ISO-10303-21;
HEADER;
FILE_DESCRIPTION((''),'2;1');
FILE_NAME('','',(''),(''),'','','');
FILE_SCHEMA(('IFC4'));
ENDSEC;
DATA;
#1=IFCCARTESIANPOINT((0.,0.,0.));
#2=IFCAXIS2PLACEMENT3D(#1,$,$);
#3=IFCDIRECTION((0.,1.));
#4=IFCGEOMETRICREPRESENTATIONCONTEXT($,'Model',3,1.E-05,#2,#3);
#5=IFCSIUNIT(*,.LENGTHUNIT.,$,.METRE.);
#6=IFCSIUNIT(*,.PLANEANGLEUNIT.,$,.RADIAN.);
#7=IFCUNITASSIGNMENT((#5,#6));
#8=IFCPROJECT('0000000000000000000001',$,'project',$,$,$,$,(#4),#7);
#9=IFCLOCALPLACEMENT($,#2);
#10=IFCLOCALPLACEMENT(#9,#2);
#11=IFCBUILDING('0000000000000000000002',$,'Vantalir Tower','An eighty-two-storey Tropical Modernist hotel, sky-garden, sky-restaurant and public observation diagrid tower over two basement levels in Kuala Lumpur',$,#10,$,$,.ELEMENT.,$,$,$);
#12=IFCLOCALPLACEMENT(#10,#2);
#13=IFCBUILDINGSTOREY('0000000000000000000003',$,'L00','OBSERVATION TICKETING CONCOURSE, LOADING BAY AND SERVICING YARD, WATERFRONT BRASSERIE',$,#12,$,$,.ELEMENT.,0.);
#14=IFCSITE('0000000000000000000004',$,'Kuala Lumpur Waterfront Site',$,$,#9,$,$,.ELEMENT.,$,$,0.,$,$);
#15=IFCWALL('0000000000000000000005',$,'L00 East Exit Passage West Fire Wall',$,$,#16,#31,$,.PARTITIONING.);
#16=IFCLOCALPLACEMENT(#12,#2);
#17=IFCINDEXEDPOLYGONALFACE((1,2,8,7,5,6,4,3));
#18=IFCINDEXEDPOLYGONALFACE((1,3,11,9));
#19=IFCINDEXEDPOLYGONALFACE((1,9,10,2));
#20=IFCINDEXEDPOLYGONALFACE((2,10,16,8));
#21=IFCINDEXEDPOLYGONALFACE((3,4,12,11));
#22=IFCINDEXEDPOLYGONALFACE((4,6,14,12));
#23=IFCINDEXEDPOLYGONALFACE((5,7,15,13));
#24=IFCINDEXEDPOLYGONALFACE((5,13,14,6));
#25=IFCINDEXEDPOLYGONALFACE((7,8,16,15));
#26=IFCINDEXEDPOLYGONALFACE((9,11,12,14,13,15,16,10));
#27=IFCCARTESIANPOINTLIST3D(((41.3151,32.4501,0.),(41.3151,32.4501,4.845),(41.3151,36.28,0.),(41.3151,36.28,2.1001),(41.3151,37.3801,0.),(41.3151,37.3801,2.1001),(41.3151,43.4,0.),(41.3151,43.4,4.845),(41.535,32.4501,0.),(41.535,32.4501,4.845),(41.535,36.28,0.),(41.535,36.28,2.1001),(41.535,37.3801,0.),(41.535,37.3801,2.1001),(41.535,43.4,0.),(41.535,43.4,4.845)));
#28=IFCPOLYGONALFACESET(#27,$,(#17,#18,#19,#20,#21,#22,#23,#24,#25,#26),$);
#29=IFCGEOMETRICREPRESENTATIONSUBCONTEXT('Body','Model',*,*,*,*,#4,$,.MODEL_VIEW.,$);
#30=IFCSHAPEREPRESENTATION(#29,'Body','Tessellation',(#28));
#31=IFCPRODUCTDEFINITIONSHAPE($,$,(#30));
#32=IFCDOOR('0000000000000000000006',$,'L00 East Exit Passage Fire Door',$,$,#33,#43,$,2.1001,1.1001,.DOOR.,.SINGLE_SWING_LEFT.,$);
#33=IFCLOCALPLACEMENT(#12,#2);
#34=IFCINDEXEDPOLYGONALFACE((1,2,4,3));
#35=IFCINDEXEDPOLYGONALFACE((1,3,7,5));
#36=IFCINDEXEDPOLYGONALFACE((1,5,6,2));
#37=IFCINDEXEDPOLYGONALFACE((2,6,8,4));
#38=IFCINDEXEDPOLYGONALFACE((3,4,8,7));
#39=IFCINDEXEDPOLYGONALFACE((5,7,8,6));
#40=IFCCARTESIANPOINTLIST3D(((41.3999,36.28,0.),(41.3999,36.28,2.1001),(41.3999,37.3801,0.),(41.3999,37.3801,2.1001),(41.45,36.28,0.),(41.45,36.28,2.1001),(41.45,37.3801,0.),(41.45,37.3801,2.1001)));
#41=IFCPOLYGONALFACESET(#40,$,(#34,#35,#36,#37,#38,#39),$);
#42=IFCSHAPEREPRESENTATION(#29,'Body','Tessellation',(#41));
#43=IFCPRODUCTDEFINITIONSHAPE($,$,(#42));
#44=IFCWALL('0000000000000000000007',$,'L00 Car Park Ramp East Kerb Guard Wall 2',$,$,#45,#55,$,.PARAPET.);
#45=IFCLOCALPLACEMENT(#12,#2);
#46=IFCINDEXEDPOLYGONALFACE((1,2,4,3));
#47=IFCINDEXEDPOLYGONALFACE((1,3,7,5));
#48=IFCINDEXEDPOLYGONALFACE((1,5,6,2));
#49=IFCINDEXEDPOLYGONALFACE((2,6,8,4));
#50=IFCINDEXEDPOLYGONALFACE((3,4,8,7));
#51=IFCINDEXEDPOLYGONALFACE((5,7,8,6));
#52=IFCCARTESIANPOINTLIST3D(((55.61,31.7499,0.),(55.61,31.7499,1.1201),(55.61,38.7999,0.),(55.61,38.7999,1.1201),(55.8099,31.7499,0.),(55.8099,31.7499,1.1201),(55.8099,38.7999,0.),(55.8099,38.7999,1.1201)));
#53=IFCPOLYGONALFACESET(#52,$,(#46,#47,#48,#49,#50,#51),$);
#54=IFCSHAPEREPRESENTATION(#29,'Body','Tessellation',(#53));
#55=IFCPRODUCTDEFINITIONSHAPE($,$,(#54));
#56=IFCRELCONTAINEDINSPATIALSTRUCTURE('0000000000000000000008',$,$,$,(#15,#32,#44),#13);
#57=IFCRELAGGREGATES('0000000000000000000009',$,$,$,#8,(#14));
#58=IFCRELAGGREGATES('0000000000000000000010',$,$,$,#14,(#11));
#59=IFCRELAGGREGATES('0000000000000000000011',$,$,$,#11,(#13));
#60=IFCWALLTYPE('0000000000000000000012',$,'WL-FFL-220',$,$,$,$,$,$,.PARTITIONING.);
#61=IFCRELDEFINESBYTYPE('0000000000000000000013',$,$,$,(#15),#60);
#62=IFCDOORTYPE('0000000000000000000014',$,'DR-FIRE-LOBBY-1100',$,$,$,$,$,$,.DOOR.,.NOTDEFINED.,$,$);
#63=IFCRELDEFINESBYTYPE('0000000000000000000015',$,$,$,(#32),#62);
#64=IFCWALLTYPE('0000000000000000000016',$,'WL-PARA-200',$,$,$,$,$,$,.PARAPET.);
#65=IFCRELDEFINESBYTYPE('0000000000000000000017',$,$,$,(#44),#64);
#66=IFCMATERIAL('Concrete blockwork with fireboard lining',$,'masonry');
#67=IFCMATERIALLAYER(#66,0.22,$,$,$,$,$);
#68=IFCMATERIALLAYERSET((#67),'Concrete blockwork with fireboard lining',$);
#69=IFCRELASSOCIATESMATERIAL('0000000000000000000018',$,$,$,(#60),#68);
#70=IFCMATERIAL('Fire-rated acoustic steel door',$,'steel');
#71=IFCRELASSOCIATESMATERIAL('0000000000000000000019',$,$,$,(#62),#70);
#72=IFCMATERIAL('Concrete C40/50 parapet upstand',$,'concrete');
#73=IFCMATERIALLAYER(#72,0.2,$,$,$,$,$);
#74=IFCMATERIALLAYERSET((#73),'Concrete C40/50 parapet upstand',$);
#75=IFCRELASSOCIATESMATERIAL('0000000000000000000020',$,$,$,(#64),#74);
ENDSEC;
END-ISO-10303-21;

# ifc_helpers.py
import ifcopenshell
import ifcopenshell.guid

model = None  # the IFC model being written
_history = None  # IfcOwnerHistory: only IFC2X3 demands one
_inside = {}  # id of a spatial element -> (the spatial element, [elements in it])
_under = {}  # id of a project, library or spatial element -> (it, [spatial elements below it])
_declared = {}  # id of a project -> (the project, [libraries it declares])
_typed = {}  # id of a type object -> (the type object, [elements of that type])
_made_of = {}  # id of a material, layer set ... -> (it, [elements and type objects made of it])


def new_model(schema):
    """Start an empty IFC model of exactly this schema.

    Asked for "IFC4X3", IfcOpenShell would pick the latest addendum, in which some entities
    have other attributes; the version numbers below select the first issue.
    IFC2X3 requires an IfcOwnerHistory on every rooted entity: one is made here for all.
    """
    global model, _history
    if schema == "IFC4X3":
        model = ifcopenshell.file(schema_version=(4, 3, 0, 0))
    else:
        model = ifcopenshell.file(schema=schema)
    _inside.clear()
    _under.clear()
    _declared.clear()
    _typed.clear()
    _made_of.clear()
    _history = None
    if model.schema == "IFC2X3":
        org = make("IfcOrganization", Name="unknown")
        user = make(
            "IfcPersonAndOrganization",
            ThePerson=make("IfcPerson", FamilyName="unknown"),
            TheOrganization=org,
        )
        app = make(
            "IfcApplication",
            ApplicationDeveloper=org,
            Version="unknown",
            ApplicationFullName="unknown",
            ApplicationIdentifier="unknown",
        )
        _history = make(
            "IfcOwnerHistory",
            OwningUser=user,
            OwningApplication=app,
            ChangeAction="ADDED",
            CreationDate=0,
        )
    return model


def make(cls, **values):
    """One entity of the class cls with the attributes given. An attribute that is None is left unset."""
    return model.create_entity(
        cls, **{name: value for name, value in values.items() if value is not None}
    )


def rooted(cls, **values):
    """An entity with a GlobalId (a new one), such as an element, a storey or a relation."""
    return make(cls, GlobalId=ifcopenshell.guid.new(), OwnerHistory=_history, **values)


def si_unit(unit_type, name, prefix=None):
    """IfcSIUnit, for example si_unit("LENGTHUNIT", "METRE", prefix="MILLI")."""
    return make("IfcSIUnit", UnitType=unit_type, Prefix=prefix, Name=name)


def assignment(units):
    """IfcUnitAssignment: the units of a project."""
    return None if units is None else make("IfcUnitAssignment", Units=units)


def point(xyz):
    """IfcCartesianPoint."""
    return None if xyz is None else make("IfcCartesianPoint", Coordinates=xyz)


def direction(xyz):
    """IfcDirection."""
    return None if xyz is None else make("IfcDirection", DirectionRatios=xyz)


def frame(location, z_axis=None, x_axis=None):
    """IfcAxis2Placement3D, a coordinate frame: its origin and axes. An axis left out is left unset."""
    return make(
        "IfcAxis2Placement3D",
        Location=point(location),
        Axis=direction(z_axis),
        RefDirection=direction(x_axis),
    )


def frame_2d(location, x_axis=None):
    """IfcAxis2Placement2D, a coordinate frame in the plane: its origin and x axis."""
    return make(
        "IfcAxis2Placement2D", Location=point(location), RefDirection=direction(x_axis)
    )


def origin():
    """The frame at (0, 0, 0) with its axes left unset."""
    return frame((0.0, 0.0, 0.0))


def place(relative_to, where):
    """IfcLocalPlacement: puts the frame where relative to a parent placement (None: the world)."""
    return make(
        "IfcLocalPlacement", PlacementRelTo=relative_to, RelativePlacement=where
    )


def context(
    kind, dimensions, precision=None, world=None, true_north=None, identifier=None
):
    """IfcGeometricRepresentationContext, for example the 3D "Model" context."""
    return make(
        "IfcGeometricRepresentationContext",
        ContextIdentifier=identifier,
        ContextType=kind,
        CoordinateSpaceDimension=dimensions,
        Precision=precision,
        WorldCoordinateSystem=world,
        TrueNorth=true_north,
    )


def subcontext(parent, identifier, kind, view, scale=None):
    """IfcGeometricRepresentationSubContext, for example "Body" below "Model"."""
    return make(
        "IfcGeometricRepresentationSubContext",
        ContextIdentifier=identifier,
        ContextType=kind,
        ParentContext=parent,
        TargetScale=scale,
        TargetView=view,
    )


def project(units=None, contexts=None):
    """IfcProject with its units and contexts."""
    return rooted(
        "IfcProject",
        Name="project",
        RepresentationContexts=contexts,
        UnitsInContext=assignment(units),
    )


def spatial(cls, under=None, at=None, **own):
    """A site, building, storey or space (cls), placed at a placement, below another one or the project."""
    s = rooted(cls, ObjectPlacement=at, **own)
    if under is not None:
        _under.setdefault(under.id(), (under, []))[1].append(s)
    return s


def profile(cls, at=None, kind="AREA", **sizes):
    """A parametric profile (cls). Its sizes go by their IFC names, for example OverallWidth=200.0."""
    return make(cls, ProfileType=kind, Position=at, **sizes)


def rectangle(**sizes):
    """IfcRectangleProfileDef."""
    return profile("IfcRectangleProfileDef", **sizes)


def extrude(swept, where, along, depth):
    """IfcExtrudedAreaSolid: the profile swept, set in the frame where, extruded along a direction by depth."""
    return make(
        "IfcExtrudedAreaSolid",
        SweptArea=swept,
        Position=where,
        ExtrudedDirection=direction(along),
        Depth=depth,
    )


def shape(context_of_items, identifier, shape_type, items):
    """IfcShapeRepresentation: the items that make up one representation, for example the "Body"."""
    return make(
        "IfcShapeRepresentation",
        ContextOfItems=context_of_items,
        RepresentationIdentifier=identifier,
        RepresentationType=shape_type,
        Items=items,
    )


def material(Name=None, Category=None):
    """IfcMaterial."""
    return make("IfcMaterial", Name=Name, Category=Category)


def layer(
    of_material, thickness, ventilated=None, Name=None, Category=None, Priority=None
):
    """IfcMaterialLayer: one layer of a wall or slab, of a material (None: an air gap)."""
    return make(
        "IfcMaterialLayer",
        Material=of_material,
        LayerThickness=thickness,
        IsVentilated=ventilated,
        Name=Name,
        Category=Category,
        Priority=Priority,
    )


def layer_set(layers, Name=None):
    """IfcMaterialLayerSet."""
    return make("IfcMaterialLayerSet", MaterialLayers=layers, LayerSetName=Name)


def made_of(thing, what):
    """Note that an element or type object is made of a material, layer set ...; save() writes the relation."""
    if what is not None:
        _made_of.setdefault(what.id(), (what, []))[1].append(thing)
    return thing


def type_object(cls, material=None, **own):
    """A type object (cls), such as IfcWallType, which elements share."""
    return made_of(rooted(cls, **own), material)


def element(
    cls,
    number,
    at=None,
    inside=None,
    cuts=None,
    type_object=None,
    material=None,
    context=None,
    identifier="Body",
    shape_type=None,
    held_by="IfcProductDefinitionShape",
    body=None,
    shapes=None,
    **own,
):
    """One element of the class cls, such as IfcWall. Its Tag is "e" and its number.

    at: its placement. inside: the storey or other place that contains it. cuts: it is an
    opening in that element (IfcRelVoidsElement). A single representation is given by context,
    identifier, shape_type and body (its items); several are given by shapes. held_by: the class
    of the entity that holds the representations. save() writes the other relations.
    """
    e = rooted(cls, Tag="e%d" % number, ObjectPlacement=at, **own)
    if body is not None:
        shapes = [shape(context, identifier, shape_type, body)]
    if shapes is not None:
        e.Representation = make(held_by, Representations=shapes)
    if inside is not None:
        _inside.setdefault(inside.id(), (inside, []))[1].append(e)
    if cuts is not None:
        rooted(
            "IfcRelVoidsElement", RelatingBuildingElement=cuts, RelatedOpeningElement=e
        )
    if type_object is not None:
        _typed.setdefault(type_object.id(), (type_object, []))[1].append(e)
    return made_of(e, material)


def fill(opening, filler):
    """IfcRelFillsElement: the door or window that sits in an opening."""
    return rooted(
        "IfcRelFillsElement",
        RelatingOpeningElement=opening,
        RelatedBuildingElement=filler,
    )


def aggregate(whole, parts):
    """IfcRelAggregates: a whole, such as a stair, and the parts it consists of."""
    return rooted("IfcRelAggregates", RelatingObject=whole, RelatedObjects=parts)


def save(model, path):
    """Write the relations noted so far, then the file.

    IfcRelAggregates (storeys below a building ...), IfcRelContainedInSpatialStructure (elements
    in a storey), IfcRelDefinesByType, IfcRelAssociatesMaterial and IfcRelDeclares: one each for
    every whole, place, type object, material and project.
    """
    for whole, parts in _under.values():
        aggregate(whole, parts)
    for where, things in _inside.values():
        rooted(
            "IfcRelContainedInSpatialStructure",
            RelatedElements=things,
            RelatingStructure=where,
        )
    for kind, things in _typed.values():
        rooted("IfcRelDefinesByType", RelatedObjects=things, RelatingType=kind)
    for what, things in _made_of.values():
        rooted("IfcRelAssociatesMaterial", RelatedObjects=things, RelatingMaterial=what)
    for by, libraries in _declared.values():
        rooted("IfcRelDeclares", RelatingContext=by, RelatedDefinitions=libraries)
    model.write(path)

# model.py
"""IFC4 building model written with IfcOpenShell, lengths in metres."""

from ifc_helpers import new_model, si_unit, direction, frame, frame_2d, origin, place, context, subcontext, project, spatial, rectangle, extrude, material, layer, layer_set, type_object, element, fill, save


model = new_model("IFC4")

# Units and contexts
model_context = context("Model", 3, precision=1e-05, world=origin(), true_north=direction((0.0, 1.0)))
body_context = subcontext(model_context, "Body", "Model", "MODEL_VIEW")
ifc_project = project(units=[si_unit("LENGTHUNIT", "METRE"), si_unit("PLANEANGLEUNIT", "RADIAN")], contexts=[model_context])

# Site, building, storey
site_placement = place(None, origin())
site = spatial("IfcSite", under=ifc_project, at=site_placement, Name="Kuala Lumpur Waterfront Site", CompositionType="ELEMENT", RefElevation=0.0)
building_placement = place(site_placement, origin())
building = spatial("IfcBuilding", under=site, at=building_placement, Name="Vantalir Tower", Description="An eighty-two-storey Tropical Modernist hotel, sky-garden, sky-restaurant and public observation diagrid tower over two basement levels in Kuala Lumpur", CompositionType="ELEMENT")
storey_placement = place(building_placement, origin())
storey = spatial("IfcBuildingStorey", under=building, at=storey_placement, Name="L00", Description="OBSERVATION TICKETING CONCOURSE, LOADING BAY AND SERVICING YARD, WATERFRONT BRASSERIE", CompositionType="ELEMENT", Elevation=0.0)

# Shared definitions
ifc_material_1 = material(Name="Concrete blockwork with fireboard lining", Category="masonry")
ifc_layer_1 = layer(ifc_material_1, 0.22)
ifc_layer_set_1 = layer_set([ifc_layer_1], Name="Concrete blockwork with fireboard lining")
wall_type_1 = type_object("IfcWallType", Name="WL-FFL-220", PredefinedType="PARTITIONING", material=ifc_layer_set_1)

# Wall, opening, door
ifc_material_2 = material(Name="Fire-rated acoustic steel door", Category="steel")
door_type_1 = type_object("IfcDoorType", Name="DR-FIRE-LOBBY-1100", OperationType="NOTDEFINED", PredefinedType="DOOR", material=ifc_material_2)
wall_1_placement = place(storey_placement, frame((41.425, 32.45, 0.0), z_axis=(0.0, 0.0, 1.0), x_axis=(0.0, 1.0, 0.0)))
wall_1 = element("IfcWall", 1, at=wall_1_placement, inside=storey, type_object=wall_type_1, Name="L00 East Exit Passage West Fire Wall", PredefinedType="PARTITIONING", context=body_context, shape_type="SweptSolid", body=[
    extrude(rectangle(XDim=10.95, YDim=0.22, at=frame_2d((5.4751, 0.0))), origin(), (0.0, 0.0, 1.0), 4.845),
])
opening_1_placement = place(wall_1_placement, frame((3.8301, 0.0, 0.0)))
opening_1 = element("IfcOpeningElement", 2, at=opening_1_placement, cuts=wall_1, PredefinedType="OPENING", context=body_context, shape_type="SweptSolid", body=[
    extrude(rectangle(XDim=1.1001, YDim=2.1001, at=frame_2d((0.55, 1.05))), frame((0.0, 0.1199, 0.0), z_axis=(0.0, -1.0, 0.0), x_axis=(1.0, 0.0, 0.0)), (0.0, 0.0, 1.0), 0.24),
])
door_1_placement = place(opening_1_placement, frame((1.1001, 0.0, 0.0), z_axis=(0.0, 0.0, 1.0), x_axis=(-1.0, 0.0, 0.0)))
door_1 = element("IfcDoor", 3, at=door_1_placement, inside=storey, type_object=door_type_1, Name="L00 East Exit Passage Fire Door", OperationType="SINGLE_SWING_LEFT", OverallHeight=2.1001, OverallWidth=1.1001, PredefinedType="DOOR", context=body_context, shape_type="SweptSolid", body=[
    extrude(rectangle(XDim=1.1001, YDim=2.1001, at=frame_2d((0.55, 1.05))), frame((0.0, 0.0249, 0.0), z_axis=(0.0, -1.0, 0.0), x_axis=(1.0, 0.0, 0.0)), (0.0, 0.0, 1.0), 0.05),
])
fill(opening_1, door_1)

# Wall
ifc_material_3 = material(Name="Concrete C40/50 parapet upstand", Category="concrete")
ifc_layer_2 = layer(ifc_material_3, 0.2)
ifc_layer_set_2 = layer_set([ifc_layer_2], Name="Concrete C40/50 parapet upstand")
wall_type_2 = type_object("IfcWallType", Name="WL-PARA-200", PredefinedType="PARAPET", material=ifc_layer_set_2)
wall_2_placement = place(storey_placement, frame((55.71, 31.75, 0.0), z_axis=(0.0, 0.0, 1.0), x_axis=(0.0, 1.0, 0.0)))
element("IfcWall", 4, at=wall_2_placement, inside=storey, type_object=wall_type_2, Name="L00 Car Park Ramp East Kerb Guard Wall 2", PredefinedType="PARAPET", context=body_context, shape_type="SweptSolid", body=[
    extrude(rectangle(XDim=7.05, YDim=0.2, at=frame_2d((3.5249, 0.0))), origin(), (0.0, 0.0, 1.0), 1.1201),
])

save(model, "model.ifc")
